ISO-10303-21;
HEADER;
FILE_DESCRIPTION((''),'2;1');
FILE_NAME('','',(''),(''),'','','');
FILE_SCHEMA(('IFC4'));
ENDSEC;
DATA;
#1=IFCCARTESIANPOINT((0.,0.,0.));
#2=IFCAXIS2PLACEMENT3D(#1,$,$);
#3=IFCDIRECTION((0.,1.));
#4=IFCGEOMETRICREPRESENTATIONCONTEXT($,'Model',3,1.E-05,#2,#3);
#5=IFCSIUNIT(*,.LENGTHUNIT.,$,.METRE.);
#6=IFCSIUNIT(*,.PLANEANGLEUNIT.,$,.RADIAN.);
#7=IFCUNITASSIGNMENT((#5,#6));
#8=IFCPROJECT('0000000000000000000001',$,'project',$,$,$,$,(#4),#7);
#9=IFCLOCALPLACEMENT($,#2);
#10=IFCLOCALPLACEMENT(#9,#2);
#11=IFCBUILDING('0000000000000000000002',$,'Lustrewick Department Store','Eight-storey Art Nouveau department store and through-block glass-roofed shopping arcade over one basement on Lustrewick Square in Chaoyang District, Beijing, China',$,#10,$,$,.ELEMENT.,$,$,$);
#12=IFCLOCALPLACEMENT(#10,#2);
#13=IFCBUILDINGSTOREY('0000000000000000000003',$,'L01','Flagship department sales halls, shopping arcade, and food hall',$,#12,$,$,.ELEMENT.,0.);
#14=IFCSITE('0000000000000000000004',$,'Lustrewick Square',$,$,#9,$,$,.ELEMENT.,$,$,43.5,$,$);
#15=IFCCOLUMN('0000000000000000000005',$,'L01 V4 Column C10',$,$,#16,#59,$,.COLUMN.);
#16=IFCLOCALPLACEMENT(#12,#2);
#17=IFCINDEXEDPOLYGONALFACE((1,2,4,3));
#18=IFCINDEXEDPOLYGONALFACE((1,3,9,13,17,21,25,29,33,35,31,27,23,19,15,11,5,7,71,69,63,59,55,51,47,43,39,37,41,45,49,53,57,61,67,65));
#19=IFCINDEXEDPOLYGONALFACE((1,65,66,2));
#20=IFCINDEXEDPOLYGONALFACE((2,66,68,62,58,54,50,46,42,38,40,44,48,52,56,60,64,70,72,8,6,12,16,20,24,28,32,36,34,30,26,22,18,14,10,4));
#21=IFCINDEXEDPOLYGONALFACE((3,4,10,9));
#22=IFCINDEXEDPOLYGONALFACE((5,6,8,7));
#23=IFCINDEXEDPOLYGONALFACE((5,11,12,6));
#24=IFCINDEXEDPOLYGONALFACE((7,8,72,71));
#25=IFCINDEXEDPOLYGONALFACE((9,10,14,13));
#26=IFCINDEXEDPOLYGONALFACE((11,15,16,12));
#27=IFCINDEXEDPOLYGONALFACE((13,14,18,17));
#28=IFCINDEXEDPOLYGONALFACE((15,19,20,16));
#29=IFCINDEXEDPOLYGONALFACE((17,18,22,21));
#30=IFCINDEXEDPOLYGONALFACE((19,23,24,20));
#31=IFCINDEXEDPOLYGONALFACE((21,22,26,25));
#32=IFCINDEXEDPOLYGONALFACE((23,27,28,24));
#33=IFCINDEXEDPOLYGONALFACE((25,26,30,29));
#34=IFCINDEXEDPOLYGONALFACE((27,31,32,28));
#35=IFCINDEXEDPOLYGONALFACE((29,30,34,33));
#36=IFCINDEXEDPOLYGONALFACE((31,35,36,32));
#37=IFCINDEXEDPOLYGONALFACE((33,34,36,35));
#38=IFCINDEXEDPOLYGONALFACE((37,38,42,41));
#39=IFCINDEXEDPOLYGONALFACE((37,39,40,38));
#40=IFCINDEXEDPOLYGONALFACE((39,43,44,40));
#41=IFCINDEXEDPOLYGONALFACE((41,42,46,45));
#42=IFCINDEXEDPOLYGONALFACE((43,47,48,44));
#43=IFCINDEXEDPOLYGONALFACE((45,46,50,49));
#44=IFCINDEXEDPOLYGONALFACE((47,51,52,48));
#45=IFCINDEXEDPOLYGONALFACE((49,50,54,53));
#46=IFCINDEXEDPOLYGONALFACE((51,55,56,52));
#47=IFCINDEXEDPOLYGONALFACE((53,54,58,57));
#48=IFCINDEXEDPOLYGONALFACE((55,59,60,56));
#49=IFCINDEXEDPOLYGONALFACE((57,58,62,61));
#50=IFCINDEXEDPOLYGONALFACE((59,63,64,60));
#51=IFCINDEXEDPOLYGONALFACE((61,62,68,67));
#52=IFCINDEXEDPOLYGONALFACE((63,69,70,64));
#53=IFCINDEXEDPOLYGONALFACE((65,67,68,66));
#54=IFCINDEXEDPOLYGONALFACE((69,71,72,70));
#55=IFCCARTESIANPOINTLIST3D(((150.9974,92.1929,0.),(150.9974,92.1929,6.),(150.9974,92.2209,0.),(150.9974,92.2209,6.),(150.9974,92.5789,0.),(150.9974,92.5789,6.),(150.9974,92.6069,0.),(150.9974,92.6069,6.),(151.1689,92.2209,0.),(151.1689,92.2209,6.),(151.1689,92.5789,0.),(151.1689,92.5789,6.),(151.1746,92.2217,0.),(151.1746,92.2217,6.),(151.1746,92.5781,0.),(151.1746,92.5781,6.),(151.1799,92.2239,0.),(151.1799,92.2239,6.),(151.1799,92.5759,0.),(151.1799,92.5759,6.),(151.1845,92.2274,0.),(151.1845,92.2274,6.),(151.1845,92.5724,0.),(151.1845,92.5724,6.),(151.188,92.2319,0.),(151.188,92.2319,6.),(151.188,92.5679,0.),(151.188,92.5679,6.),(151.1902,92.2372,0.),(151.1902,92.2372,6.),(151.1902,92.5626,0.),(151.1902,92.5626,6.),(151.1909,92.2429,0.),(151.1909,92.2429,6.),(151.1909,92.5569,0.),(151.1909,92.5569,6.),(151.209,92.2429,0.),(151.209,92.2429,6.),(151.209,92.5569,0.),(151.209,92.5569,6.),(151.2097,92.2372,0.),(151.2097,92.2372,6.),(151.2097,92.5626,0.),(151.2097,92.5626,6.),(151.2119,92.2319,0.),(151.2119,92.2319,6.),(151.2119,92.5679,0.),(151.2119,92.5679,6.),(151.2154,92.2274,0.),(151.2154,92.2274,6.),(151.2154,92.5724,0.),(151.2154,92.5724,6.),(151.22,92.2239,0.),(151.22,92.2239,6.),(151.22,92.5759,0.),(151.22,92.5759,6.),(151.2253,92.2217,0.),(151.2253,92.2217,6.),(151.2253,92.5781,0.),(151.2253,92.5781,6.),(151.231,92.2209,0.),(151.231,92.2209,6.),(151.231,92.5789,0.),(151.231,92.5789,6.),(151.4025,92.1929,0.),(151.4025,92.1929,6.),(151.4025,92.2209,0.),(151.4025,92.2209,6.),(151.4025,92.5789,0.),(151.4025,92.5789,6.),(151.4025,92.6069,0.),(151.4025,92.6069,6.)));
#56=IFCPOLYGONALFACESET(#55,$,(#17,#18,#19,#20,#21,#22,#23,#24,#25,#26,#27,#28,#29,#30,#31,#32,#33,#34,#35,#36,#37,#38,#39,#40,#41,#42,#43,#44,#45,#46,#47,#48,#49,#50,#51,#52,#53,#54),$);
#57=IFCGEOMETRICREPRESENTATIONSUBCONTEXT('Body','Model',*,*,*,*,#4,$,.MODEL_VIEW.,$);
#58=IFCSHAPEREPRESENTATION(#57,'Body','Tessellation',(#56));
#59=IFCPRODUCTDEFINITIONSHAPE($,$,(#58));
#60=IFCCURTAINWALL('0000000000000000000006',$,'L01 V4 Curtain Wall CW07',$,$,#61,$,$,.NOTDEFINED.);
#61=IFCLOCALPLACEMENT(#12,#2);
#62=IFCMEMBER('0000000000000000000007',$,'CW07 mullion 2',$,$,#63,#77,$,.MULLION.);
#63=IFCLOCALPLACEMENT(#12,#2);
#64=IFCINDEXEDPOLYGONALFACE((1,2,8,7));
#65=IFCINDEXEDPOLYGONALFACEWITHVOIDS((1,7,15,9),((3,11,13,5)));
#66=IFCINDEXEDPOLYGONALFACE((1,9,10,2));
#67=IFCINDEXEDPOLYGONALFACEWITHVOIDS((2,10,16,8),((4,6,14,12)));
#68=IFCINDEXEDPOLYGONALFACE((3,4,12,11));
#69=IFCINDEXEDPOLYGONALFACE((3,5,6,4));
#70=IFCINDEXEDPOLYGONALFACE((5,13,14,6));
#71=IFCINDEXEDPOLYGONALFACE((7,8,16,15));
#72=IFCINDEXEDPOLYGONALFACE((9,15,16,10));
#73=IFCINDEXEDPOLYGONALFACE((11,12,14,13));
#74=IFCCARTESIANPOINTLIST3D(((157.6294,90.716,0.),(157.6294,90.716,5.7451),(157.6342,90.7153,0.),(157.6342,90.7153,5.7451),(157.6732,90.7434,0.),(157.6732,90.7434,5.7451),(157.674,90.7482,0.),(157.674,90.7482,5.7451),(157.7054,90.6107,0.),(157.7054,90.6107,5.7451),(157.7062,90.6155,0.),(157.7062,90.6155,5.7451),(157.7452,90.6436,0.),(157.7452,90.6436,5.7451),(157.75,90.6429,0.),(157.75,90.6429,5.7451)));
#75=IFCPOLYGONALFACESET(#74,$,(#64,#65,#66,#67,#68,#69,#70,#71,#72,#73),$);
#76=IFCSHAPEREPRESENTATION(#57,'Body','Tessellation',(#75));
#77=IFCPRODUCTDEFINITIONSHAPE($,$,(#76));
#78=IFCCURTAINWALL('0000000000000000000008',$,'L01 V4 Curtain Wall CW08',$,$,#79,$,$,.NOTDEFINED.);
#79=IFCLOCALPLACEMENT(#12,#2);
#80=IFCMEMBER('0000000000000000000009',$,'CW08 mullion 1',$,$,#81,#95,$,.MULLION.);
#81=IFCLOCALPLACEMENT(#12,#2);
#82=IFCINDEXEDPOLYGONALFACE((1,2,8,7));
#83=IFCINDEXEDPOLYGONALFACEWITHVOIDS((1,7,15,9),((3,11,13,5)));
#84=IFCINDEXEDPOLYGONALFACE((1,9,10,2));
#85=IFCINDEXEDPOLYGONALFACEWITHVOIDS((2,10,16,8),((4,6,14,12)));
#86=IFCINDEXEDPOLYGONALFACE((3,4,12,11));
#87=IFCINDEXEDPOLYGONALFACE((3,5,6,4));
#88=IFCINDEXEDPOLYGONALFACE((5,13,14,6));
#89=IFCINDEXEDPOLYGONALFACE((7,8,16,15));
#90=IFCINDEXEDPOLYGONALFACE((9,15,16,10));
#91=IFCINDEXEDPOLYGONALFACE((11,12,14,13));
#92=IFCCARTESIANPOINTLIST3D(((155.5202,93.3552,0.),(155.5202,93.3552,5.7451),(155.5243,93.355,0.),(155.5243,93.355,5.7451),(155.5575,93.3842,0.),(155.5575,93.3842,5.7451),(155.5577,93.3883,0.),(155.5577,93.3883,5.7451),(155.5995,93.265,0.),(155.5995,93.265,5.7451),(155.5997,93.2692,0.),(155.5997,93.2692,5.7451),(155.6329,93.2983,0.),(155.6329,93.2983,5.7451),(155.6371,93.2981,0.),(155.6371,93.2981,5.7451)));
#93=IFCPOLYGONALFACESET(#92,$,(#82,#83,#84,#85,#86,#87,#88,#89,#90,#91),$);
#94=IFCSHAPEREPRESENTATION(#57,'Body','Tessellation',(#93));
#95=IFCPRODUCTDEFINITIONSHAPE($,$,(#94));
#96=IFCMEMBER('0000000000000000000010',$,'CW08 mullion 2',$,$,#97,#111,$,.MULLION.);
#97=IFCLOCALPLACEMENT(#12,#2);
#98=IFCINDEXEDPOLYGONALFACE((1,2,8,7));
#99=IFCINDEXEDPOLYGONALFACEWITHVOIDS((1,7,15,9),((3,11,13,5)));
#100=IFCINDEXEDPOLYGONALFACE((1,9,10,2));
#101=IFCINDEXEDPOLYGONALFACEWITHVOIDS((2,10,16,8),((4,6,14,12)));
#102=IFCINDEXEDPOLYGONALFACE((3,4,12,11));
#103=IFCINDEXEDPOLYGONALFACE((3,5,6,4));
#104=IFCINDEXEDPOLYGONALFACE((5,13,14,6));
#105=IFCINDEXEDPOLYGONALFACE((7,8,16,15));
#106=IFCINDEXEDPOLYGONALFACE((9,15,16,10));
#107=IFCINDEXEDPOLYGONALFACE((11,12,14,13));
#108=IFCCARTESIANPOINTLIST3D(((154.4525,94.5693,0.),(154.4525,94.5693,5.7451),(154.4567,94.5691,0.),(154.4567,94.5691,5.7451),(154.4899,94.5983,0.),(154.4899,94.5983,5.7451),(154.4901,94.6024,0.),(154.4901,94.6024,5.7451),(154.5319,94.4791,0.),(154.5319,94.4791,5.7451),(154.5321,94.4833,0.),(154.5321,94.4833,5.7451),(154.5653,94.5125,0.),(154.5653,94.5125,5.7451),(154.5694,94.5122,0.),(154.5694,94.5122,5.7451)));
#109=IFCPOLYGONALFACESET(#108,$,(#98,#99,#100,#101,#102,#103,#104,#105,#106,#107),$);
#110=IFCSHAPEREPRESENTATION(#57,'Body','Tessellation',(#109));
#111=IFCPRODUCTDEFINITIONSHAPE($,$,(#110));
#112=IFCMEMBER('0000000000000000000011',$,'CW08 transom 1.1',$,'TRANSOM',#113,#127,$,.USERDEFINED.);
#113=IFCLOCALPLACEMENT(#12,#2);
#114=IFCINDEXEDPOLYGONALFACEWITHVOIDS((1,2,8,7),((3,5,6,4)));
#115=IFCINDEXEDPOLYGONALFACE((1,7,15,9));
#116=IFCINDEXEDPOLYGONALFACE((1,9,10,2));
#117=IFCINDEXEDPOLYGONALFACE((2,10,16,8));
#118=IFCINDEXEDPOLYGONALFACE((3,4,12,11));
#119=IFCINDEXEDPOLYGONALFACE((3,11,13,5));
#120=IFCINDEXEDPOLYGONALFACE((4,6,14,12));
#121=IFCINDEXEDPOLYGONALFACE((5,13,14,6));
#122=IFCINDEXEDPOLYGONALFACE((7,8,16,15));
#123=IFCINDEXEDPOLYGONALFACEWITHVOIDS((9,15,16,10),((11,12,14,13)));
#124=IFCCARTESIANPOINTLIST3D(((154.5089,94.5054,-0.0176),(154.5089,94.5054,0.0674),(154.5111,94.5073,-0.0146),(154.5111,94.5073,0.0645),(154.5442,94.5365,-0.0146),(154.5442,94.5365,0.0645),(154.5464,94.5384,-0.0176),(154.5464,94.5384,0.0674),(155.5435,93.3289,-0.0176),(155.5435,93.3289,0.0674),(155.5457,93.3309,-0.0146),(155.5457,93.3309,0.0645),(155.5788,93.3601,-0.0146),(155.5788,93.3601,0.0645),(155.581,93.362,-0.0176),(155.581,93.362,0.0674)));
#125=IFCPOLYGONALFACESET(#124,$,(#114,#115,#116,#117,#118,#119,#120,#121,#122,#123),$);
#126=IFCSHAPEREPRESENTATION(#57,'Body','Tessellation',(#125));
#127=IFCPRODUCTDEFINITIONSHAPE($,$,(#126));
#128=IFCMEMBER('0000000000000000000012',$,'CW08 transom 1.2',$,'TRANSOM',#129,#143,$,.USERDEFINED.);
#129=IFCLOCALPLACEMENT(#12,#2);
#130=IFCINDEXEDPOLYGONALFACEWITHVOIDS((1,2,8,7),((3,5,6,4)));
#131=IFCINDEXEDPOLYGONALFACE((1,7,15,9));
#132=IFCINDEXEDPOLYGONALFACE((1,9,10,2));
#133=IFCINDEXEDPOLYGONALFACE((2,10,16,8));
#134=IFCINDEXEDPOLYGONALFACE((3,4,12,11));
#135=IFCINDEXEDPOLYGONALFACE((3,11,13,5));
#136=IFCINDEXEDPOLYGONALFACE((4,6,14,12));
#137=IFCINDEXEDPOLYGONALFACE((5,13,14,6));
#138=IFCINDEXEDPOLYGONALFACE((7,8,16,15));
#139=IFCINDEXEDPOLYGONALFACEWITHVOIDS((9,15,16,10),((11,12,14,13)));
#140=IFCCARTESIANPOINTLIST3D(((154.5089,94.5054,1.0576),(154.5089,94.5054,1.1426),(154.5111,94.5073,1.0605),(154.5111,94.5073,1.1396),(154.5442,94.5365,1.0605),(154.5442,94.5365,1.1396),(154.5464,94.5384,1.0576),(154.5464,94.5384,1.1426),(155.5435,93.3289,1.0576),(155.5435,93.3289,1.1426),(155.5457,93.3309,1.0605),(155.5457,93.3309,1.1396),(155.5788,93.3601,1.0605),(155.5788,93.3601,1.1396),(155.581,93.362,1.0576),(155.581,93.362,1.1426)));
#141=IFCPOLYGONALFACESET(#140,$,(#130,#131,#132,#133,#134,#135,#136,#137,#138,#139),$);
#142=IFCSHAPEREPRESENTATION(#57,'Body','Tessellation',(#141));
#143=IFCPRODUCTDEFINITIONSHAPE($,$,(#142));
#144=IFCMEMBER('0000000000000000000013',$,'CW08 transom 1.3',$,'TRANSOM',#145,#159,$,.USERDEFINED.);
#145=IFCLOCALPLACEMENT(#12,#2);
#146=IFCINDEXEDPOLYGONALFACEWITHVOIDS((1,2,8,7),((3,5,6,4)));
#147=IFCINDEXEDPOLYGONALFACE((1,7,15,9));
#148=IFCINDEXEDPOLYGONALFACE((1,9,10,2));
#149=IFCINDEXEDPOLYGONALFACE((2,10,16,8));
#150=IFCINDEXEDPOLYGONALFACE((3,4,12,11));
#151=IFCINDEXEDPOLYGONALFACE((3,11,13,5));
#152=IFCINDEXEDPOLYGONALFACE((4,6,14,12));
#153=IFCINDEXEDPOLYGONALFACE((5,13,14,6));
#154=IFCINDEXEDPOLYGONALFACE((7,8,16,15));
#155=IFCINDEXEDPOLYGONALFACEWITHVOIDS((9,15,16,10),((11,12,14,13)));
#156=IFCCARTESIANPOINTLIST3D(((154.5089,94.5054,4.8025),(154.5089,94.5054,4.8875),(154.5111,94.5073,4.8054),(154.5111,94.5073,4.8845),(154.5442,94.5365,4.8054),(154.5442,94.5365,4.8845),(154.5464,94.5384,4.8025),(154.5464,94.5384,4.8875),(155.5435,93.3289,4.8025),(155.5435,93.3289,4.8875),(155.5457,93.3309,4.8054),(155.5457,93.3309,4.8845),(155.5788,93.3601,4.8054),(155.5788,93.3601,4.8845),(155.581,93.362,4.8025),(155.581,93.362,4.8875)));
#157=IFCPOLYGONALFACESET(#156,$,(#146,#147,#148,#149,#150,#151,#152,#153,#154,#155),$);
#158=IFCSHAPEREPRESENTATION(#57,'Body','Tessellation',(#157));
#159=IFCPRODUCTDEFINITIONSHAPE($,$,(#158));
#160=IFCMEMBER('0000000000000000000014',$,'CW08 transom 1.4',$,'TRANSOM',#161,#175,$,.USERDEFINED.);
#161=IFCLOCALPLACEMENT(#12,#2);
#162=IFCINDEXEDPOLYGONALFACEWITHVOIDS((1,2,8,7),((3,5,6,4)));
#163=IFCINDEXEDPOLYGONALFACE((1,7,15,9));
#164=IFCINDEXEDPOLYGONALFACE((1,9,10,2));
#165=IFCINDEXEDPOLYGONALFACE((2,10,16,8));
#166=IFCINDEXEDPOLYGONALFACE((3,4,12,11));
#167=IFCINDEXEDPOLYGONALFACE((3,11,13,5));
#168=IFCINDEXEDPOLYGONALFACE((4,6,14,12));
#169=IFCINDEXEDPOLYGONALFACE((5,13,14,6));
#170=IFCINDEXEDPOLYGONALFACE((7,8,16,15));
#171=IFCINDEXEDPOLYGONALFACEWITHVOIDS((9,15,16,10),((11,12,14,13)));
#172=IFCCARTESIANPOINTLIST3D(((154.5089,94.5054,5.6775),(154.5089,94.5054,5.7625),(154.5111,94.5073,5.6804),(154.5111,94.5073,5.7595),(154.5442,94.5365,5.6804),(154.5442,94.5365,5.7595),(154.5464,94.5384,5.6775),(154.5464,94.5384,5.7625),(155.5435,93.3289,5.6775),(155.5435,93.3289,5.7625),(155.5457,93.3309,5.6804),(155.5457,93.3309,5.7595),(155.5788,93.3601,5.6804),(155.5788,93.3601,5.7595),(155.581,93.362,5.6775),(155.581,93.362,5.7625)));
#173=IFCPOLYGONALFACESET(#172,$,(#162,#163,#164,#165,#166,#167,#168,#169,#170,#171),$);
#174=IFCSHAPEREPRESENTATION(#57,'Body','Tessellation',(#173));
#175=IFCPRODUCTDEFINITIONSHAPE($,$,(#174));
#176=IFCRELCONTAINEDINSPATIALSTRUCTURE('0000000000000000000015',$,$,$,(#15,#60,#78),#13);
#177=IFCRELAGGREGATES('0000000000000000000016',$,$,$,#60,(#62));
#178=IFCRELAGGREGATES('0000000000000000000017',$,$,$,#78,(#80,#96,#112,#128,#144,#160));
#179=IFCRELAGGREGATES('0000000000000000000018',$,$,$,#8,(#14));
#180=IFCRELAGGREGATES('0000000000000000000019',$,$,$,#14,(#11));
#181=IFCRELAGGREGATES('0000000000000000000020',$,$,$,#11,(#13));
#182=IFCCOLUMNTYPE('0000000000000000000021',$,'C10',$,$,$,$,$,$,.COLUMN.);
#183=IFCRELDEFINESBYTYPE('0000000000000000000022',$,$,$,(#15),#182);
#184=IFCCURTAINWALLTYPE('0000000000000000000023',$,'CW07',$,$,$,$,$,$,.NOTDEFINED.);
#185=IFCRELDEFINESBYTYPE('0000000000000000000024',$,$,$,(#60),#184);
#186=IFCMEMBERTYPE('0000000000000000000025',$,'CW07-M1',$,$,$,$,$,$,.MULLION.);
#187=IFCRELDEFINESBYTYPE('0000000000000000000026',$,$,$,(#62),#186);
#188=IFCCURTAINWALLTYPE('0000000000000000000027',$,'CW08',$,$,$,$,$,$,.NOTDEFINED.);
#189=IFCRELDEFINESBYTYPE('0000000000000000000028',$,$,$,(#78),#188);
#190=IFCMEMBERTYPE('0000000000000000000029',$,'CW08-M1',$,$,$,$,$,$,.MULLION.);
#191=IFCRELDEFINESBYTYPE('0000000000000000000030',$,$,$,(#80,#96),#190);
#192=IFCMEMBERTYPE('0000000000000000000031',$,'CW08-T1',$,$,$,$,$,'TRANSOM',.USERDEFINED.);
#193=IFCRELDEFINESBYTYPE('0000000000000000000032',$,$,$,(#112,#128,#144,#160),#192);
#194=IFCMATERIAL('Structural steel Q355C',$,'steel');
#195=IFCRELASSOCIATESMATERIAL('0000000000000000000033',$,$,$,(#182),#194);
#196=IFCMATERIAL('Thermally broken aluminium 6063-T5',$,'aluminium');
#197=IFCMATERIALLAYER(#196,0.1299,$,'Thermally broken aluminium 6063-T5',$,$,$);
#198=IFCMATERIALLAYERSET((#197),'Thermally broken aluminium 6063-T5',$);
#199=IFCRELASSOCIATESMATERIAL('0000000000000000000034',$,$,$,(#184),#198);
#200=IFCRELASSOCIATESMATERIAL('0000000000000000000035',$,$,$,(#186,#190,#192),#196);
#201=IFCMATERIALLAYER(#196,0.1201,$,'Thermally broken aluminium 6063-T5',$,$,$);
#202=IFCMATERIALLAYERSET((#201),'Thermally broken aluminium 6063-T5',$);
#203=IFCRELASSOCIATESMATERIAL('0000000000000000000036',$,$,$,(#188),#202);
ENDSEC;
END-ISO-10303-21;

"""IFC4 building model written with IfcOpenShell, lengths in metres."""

from ifc_helpers import new_model, si_unit, direction, frame, origin, origin_2d, place, context, subcontext, project, spatial, hollow_rectangle, i_section, extrude, material, layer, layer_set, material_profile, profile_set, type_object, element, aggregate, save


model = new_model("IFC4")

# Units and contexts
model_context = context("Model", 3, precision=1e-05, world=origin(), true_north=direction((0.0, 1.0)))
body_context = subcontext(model_context, "Body", "Model", "MODEL_VIEW")
ifc_project = project(units=[si_unit("LENGTHUNIT", "METRE"), si_unit("PLANEANGLEUNIT", "RADIAN")], contexts=[model_context])

# Site, building, storey
site_placement = place(None, origin())
site = spatial("IfcSite", under=ifc_project, at=site_placement, Name="Lustrewick Square", CompositionType="ELEMENT", RefElevation=43.5)
building_placement = place(site_placement, origin())
building = spatial("IfcBuilding", under=site, at=building_placement, Name="Lustrewick Department Store", Description="Eight-storey Art Nouveau department store and through-block glass-roofed shopping arcade over one basement on Lustrewick Square in Chaoyang District, Beijing, China", CompositionType="ELEMENT")
storey_placement = place(building_placement, origin())
storey = spatial("IfcBuildingStorey", under=building, at=storey_placement, Name="L01", Description="Flagship department sales halls, shopping arcade, and food hall", CompositionType="ELEMENT", Elevation=0.0)

# Column
ifc_material_1 = material(Name="Structural steel Q355C", Category="steel")
ifc_material_profile_1 = material_profile(ifc_material_1, i_section(OverallWidth=0.405, OverallDepth=0.4141, WebThickness=0.0181, FlangeThickness=0.0281, FilletRadius=0.022, at=origin_2d()), Name="HW 414x405x18x28")
ifc_profile_set_1 = profile_set([ifc_material_profile_1], Name="Structural steel Q355C")
column_type = type_object("IfcColumnType", Name="C10", PredefinedType="COLUMN", material=ifc_profile_set_1)
column_placement = place(storey_placement, frame((151.2, 92.3999, 0.0), z_axis=(0.0, 0.0, 1.0), x_axis=(1.0, 0.0, 0.0)))
element("IfcColumn", 1, at=column_placement, inside=storey, type_object=column_type, Name="L01 V4 Column C10", PredefinedType="COLUMN", context=body_context, shape_type="SweptSolid", body=[
    extrude(i_section(OverallWidth=0.405, OverallDepth=0.4141, WebThickness=0.0181, FlangeThickness=0.0281, FilletRadius=0.022, at=origin_2d()), origin(), (0.0, 0.0, 1.0), 6.0),
])

# Curtain wall, member
ifc_material_2 = material(Name="Thermally broken aluminium 6063-T5", Category="aluminium")
ifc_layer_1 = layer(ifc_material_2, 0.1299, Name="Thermally broken aluminium 6063-T5")
ifc_layer_set_1 = layer_set([ifc_layer_1], Name="Thermally broken aluminium 6063-T5")
curtain_wall_type_1 = type_object("IfcCurtainWallType", Name="CW07", PredefinedType="NOTDEFINED", material=ifc_layer_set_1)
curtain_wall_1_placement = place(storey_placement, origin())
curtain_wall_1 = element("IfcCurtainWall", 2, at=curtain_wall_1_placement, inside=storey, type_object=curtain_wall_type_1, Name="L01 V4 Curtain Wall CW07", PredefinedType="NOTDEFINED")
ifc_material_profile_2 = material_profile(ifc_material_2, hollow_rectangle(XDim=0.0549, YDim=0.1299, WallThickness=0.0034, at=origin_2d()), Name="ALU-M 55x130x3.5")
ifc_profile_set_2 = profile_set([ifc_material_profile_2], Name="Thermally broken aluminium 6063-T5")
member_type_1 = type_object("IfcMemberType", Name="CW07-M1", PredefinedType="MULLION", material=ifc_profile_set_2)
member_1_placement = place(storey_placement, frame((157.6897, 90.6794, 0.0), z_axis=(0.0, 0.0, 1.0), x_axis=(-0.810866, -0.585232, 0.0)))
member_1 = element("IfcMember", 3, at=member_1_placement, type_object=member_type_1, Name="CW07 mullion 2", PredefinedType="MULLION", context=body_context, shape_type="SweptSolid", body=[
    extrude(hollow_rectangle(XDim=0.0549, YDim=0.1299, WallThickness=0.0034, at=origin_2d()), origin(), (0.0, 0.0, 1.0), 5.7451),
])

# Curtain wall, members
ifc_layer_2 = layer(ifc_material_2, 0.1201, Name="Thermally broken aluminium 6063-T5")
ifc_layer_set_2 = layer_set([ifc_layer_2], Name="Thermally broken aluminium 6063-T5")
curtain_wall_type_2 = type_object("IfcCurtainWallType", Name="CW08", PredefinedType="NOTDEFINED", material=ifc_layer_set_2)
curtain_wall_2_placement = place(storey_placement, origin())
curtain_wall_2 = element("IfcCurtainWall", 4, at=curtain_wall_2_placement, inside=storey, type_object=curtain_wall_type_2, Name="L01 V4 Curtain Wall CW08", PredefinedType="NOTDEFINED")
ifc_material_profile_3 = material_profile(ifc_material_2, hollow_rectangle(XDim=0.05, YDim=0.1201, WallThickness=0.0029, at=origin_2d()), Name="ALU-M 50x120x3")
ifc_profile_set_3 = profile_set([ifc_material_profile_3], Name="Thermally broken aluminium 6063-T5")
member_type_2 = type_object("IfcMemberType", Name="CW08-M1", PredefinedType="MULLION", material=ifc_profile_set_3)
member_2_placement = place(storey_placement, frame((155.5786, 93.3267, 0.0), z_axis=(0.0, 0.0, 1.0), x_axis=(-0.75095, -0.660359, 0.0)))
member_2 = element("IfcMember", 5, at=member_2_placement, type_object=member_type_2, Name="CW08 mullion 1", PredefinedType="MULLION", context=body_context, shape_type="SweptSolid", body=[
    extrude(hollow_rectangle(XDim=0.05, YDim=0.1201, WallThickness=0.0029, at=origin_2d()), origin(), (0.0, 0.0, 1.0), 5.7451),
])
member_3_placement = place(storey_placement, frame((154.511, 94.5408, 0.0), z_axis=(0.0, 0.0, 1.0), x_axis=(-0.75095, -0.660359, 0.0)))
member_3 = element("IfcMember", 6, at=member_3_placement, type_object=member_type_2, Name="CW08 mullion 2", PredefinedType="MULLION", context=body_context, shape_type="SweptSolid", body=[
    extrude(hollow_rectangle(XDim=0.05, YDim=0.1201, WallThickness=0.0029, at=origin_2d()), origin(), (0.0, 0.0, 1.0), 5.7451),
])
ifc_material_profile_4 = material_profile(ifc_material_2, hollow_rectangle(XDim=0.05, YDim=0.085, WallThickness=0.0029, at=origin_2d()), Name="ALU-T 50x85x3")
ifc_profile_set_4 = profile_set([ifc_material_profile_4], Name="Thermally broken aluminium 6063-T5")
member_type_3 = type_object("IfcMemberType", Name="CW08-T1", ElementType="TRANSOM", PredefinedType="USERDEFINED", material=ifc_profile_set_4)
member_4_placement = place(storey_placement, frame((155.5623, 93.3455, 0.0249), z_axis=(-0.660389, 0.750924, 0.0), x_axis=(-0.750924, -0.660389, 0.0)))
member_4 = element("IfcMember", 7, at=member_4_placement, type_object=member_type_3, Name="CW08 transom 1.1", ObjectType="TRANSOM", PredefinedType="USERDEFINED", context=body_context, shape_type="SweptSolid", body=[
    extrude(hollow_rectangle(XDim=0.05, YDim=0.085, WallThickness=0.0029, at=origin_2d()), origin(), (0.0, 0.0, 1.0), 1.5667),
])
member_5_placement = place(storey_placement, frame((155.5623, 93.3455, 1.1001), z_axis=(-0.660389, 0.750924, 0.0), x_axis=(-0.750924, -0.660389, 0.0)))
member_5 = element("IfcMember", 8, at=member_5_placement, type_object=member_type_3, Name="CW08 transom 1.2", ObjectType="TRANSOM", PredefinedType="USERDEFINED", context=body_context, shape_type="SweptSolid", body=[
    extrude(hollow_rectangle(XDim=0.05, YDim=0.085, WallThickness=0.0029, at=origin_2d()), origin(), (0.0, 0.0, 1.0), 1.5667),
])
member_6_placement = place(storey_placement, frame((155.5623, 93.3455, 4.845), z_axis=(-0.660389, 0.750924, 0.0), x_axis=(-0.750924, -0.660389, 0.0)))
member_6 = element("IfcMember", 9, at=member_6_placement, type_object=member_type_3, Name="CW08 transom 1.3", ObjectType="TRANSOM", PredefinedType="USERDEFINED", context=body_context, shape_type="SweptSolid", body=[
    extrude(hollow_rectangle(XDim=0.05, YDim=0.085, WallThickness=0.0029, at=origin_2d()), origin(), (0.0, 0.0, 1.0), 1.5667),
])
member_7_placement = place(storey_placement, frame((155.5623, 93.3455, 5.72), z_axis=(-0.660389, 0.750924, 0.0), x_axis=(-0.750924, -0.660389, 0.0)))
member_7 = element("IfcMember", 10, at=member_7_placement, type_object=member_type_3, Name="CW08 transom 1.4", ObjectType="TRANSOM", PredefinedType="USERDEFINED", context=body_context, shape_type="SweptSolid", body=[
    extrude(hollow_rectangle(XDim=0.05, YDim=0.085, WallThickness=0.0029, at=origin_2d()), origin(), (0.0, 0.0, 1.0), 1.5667),
])

aggregate(curtain_wall_1, [member_1])
aggregate(curtain_wall_2, [member_2, member_3, member_4, member_5, member_6, member_7])

save(model, "model.ifc")
